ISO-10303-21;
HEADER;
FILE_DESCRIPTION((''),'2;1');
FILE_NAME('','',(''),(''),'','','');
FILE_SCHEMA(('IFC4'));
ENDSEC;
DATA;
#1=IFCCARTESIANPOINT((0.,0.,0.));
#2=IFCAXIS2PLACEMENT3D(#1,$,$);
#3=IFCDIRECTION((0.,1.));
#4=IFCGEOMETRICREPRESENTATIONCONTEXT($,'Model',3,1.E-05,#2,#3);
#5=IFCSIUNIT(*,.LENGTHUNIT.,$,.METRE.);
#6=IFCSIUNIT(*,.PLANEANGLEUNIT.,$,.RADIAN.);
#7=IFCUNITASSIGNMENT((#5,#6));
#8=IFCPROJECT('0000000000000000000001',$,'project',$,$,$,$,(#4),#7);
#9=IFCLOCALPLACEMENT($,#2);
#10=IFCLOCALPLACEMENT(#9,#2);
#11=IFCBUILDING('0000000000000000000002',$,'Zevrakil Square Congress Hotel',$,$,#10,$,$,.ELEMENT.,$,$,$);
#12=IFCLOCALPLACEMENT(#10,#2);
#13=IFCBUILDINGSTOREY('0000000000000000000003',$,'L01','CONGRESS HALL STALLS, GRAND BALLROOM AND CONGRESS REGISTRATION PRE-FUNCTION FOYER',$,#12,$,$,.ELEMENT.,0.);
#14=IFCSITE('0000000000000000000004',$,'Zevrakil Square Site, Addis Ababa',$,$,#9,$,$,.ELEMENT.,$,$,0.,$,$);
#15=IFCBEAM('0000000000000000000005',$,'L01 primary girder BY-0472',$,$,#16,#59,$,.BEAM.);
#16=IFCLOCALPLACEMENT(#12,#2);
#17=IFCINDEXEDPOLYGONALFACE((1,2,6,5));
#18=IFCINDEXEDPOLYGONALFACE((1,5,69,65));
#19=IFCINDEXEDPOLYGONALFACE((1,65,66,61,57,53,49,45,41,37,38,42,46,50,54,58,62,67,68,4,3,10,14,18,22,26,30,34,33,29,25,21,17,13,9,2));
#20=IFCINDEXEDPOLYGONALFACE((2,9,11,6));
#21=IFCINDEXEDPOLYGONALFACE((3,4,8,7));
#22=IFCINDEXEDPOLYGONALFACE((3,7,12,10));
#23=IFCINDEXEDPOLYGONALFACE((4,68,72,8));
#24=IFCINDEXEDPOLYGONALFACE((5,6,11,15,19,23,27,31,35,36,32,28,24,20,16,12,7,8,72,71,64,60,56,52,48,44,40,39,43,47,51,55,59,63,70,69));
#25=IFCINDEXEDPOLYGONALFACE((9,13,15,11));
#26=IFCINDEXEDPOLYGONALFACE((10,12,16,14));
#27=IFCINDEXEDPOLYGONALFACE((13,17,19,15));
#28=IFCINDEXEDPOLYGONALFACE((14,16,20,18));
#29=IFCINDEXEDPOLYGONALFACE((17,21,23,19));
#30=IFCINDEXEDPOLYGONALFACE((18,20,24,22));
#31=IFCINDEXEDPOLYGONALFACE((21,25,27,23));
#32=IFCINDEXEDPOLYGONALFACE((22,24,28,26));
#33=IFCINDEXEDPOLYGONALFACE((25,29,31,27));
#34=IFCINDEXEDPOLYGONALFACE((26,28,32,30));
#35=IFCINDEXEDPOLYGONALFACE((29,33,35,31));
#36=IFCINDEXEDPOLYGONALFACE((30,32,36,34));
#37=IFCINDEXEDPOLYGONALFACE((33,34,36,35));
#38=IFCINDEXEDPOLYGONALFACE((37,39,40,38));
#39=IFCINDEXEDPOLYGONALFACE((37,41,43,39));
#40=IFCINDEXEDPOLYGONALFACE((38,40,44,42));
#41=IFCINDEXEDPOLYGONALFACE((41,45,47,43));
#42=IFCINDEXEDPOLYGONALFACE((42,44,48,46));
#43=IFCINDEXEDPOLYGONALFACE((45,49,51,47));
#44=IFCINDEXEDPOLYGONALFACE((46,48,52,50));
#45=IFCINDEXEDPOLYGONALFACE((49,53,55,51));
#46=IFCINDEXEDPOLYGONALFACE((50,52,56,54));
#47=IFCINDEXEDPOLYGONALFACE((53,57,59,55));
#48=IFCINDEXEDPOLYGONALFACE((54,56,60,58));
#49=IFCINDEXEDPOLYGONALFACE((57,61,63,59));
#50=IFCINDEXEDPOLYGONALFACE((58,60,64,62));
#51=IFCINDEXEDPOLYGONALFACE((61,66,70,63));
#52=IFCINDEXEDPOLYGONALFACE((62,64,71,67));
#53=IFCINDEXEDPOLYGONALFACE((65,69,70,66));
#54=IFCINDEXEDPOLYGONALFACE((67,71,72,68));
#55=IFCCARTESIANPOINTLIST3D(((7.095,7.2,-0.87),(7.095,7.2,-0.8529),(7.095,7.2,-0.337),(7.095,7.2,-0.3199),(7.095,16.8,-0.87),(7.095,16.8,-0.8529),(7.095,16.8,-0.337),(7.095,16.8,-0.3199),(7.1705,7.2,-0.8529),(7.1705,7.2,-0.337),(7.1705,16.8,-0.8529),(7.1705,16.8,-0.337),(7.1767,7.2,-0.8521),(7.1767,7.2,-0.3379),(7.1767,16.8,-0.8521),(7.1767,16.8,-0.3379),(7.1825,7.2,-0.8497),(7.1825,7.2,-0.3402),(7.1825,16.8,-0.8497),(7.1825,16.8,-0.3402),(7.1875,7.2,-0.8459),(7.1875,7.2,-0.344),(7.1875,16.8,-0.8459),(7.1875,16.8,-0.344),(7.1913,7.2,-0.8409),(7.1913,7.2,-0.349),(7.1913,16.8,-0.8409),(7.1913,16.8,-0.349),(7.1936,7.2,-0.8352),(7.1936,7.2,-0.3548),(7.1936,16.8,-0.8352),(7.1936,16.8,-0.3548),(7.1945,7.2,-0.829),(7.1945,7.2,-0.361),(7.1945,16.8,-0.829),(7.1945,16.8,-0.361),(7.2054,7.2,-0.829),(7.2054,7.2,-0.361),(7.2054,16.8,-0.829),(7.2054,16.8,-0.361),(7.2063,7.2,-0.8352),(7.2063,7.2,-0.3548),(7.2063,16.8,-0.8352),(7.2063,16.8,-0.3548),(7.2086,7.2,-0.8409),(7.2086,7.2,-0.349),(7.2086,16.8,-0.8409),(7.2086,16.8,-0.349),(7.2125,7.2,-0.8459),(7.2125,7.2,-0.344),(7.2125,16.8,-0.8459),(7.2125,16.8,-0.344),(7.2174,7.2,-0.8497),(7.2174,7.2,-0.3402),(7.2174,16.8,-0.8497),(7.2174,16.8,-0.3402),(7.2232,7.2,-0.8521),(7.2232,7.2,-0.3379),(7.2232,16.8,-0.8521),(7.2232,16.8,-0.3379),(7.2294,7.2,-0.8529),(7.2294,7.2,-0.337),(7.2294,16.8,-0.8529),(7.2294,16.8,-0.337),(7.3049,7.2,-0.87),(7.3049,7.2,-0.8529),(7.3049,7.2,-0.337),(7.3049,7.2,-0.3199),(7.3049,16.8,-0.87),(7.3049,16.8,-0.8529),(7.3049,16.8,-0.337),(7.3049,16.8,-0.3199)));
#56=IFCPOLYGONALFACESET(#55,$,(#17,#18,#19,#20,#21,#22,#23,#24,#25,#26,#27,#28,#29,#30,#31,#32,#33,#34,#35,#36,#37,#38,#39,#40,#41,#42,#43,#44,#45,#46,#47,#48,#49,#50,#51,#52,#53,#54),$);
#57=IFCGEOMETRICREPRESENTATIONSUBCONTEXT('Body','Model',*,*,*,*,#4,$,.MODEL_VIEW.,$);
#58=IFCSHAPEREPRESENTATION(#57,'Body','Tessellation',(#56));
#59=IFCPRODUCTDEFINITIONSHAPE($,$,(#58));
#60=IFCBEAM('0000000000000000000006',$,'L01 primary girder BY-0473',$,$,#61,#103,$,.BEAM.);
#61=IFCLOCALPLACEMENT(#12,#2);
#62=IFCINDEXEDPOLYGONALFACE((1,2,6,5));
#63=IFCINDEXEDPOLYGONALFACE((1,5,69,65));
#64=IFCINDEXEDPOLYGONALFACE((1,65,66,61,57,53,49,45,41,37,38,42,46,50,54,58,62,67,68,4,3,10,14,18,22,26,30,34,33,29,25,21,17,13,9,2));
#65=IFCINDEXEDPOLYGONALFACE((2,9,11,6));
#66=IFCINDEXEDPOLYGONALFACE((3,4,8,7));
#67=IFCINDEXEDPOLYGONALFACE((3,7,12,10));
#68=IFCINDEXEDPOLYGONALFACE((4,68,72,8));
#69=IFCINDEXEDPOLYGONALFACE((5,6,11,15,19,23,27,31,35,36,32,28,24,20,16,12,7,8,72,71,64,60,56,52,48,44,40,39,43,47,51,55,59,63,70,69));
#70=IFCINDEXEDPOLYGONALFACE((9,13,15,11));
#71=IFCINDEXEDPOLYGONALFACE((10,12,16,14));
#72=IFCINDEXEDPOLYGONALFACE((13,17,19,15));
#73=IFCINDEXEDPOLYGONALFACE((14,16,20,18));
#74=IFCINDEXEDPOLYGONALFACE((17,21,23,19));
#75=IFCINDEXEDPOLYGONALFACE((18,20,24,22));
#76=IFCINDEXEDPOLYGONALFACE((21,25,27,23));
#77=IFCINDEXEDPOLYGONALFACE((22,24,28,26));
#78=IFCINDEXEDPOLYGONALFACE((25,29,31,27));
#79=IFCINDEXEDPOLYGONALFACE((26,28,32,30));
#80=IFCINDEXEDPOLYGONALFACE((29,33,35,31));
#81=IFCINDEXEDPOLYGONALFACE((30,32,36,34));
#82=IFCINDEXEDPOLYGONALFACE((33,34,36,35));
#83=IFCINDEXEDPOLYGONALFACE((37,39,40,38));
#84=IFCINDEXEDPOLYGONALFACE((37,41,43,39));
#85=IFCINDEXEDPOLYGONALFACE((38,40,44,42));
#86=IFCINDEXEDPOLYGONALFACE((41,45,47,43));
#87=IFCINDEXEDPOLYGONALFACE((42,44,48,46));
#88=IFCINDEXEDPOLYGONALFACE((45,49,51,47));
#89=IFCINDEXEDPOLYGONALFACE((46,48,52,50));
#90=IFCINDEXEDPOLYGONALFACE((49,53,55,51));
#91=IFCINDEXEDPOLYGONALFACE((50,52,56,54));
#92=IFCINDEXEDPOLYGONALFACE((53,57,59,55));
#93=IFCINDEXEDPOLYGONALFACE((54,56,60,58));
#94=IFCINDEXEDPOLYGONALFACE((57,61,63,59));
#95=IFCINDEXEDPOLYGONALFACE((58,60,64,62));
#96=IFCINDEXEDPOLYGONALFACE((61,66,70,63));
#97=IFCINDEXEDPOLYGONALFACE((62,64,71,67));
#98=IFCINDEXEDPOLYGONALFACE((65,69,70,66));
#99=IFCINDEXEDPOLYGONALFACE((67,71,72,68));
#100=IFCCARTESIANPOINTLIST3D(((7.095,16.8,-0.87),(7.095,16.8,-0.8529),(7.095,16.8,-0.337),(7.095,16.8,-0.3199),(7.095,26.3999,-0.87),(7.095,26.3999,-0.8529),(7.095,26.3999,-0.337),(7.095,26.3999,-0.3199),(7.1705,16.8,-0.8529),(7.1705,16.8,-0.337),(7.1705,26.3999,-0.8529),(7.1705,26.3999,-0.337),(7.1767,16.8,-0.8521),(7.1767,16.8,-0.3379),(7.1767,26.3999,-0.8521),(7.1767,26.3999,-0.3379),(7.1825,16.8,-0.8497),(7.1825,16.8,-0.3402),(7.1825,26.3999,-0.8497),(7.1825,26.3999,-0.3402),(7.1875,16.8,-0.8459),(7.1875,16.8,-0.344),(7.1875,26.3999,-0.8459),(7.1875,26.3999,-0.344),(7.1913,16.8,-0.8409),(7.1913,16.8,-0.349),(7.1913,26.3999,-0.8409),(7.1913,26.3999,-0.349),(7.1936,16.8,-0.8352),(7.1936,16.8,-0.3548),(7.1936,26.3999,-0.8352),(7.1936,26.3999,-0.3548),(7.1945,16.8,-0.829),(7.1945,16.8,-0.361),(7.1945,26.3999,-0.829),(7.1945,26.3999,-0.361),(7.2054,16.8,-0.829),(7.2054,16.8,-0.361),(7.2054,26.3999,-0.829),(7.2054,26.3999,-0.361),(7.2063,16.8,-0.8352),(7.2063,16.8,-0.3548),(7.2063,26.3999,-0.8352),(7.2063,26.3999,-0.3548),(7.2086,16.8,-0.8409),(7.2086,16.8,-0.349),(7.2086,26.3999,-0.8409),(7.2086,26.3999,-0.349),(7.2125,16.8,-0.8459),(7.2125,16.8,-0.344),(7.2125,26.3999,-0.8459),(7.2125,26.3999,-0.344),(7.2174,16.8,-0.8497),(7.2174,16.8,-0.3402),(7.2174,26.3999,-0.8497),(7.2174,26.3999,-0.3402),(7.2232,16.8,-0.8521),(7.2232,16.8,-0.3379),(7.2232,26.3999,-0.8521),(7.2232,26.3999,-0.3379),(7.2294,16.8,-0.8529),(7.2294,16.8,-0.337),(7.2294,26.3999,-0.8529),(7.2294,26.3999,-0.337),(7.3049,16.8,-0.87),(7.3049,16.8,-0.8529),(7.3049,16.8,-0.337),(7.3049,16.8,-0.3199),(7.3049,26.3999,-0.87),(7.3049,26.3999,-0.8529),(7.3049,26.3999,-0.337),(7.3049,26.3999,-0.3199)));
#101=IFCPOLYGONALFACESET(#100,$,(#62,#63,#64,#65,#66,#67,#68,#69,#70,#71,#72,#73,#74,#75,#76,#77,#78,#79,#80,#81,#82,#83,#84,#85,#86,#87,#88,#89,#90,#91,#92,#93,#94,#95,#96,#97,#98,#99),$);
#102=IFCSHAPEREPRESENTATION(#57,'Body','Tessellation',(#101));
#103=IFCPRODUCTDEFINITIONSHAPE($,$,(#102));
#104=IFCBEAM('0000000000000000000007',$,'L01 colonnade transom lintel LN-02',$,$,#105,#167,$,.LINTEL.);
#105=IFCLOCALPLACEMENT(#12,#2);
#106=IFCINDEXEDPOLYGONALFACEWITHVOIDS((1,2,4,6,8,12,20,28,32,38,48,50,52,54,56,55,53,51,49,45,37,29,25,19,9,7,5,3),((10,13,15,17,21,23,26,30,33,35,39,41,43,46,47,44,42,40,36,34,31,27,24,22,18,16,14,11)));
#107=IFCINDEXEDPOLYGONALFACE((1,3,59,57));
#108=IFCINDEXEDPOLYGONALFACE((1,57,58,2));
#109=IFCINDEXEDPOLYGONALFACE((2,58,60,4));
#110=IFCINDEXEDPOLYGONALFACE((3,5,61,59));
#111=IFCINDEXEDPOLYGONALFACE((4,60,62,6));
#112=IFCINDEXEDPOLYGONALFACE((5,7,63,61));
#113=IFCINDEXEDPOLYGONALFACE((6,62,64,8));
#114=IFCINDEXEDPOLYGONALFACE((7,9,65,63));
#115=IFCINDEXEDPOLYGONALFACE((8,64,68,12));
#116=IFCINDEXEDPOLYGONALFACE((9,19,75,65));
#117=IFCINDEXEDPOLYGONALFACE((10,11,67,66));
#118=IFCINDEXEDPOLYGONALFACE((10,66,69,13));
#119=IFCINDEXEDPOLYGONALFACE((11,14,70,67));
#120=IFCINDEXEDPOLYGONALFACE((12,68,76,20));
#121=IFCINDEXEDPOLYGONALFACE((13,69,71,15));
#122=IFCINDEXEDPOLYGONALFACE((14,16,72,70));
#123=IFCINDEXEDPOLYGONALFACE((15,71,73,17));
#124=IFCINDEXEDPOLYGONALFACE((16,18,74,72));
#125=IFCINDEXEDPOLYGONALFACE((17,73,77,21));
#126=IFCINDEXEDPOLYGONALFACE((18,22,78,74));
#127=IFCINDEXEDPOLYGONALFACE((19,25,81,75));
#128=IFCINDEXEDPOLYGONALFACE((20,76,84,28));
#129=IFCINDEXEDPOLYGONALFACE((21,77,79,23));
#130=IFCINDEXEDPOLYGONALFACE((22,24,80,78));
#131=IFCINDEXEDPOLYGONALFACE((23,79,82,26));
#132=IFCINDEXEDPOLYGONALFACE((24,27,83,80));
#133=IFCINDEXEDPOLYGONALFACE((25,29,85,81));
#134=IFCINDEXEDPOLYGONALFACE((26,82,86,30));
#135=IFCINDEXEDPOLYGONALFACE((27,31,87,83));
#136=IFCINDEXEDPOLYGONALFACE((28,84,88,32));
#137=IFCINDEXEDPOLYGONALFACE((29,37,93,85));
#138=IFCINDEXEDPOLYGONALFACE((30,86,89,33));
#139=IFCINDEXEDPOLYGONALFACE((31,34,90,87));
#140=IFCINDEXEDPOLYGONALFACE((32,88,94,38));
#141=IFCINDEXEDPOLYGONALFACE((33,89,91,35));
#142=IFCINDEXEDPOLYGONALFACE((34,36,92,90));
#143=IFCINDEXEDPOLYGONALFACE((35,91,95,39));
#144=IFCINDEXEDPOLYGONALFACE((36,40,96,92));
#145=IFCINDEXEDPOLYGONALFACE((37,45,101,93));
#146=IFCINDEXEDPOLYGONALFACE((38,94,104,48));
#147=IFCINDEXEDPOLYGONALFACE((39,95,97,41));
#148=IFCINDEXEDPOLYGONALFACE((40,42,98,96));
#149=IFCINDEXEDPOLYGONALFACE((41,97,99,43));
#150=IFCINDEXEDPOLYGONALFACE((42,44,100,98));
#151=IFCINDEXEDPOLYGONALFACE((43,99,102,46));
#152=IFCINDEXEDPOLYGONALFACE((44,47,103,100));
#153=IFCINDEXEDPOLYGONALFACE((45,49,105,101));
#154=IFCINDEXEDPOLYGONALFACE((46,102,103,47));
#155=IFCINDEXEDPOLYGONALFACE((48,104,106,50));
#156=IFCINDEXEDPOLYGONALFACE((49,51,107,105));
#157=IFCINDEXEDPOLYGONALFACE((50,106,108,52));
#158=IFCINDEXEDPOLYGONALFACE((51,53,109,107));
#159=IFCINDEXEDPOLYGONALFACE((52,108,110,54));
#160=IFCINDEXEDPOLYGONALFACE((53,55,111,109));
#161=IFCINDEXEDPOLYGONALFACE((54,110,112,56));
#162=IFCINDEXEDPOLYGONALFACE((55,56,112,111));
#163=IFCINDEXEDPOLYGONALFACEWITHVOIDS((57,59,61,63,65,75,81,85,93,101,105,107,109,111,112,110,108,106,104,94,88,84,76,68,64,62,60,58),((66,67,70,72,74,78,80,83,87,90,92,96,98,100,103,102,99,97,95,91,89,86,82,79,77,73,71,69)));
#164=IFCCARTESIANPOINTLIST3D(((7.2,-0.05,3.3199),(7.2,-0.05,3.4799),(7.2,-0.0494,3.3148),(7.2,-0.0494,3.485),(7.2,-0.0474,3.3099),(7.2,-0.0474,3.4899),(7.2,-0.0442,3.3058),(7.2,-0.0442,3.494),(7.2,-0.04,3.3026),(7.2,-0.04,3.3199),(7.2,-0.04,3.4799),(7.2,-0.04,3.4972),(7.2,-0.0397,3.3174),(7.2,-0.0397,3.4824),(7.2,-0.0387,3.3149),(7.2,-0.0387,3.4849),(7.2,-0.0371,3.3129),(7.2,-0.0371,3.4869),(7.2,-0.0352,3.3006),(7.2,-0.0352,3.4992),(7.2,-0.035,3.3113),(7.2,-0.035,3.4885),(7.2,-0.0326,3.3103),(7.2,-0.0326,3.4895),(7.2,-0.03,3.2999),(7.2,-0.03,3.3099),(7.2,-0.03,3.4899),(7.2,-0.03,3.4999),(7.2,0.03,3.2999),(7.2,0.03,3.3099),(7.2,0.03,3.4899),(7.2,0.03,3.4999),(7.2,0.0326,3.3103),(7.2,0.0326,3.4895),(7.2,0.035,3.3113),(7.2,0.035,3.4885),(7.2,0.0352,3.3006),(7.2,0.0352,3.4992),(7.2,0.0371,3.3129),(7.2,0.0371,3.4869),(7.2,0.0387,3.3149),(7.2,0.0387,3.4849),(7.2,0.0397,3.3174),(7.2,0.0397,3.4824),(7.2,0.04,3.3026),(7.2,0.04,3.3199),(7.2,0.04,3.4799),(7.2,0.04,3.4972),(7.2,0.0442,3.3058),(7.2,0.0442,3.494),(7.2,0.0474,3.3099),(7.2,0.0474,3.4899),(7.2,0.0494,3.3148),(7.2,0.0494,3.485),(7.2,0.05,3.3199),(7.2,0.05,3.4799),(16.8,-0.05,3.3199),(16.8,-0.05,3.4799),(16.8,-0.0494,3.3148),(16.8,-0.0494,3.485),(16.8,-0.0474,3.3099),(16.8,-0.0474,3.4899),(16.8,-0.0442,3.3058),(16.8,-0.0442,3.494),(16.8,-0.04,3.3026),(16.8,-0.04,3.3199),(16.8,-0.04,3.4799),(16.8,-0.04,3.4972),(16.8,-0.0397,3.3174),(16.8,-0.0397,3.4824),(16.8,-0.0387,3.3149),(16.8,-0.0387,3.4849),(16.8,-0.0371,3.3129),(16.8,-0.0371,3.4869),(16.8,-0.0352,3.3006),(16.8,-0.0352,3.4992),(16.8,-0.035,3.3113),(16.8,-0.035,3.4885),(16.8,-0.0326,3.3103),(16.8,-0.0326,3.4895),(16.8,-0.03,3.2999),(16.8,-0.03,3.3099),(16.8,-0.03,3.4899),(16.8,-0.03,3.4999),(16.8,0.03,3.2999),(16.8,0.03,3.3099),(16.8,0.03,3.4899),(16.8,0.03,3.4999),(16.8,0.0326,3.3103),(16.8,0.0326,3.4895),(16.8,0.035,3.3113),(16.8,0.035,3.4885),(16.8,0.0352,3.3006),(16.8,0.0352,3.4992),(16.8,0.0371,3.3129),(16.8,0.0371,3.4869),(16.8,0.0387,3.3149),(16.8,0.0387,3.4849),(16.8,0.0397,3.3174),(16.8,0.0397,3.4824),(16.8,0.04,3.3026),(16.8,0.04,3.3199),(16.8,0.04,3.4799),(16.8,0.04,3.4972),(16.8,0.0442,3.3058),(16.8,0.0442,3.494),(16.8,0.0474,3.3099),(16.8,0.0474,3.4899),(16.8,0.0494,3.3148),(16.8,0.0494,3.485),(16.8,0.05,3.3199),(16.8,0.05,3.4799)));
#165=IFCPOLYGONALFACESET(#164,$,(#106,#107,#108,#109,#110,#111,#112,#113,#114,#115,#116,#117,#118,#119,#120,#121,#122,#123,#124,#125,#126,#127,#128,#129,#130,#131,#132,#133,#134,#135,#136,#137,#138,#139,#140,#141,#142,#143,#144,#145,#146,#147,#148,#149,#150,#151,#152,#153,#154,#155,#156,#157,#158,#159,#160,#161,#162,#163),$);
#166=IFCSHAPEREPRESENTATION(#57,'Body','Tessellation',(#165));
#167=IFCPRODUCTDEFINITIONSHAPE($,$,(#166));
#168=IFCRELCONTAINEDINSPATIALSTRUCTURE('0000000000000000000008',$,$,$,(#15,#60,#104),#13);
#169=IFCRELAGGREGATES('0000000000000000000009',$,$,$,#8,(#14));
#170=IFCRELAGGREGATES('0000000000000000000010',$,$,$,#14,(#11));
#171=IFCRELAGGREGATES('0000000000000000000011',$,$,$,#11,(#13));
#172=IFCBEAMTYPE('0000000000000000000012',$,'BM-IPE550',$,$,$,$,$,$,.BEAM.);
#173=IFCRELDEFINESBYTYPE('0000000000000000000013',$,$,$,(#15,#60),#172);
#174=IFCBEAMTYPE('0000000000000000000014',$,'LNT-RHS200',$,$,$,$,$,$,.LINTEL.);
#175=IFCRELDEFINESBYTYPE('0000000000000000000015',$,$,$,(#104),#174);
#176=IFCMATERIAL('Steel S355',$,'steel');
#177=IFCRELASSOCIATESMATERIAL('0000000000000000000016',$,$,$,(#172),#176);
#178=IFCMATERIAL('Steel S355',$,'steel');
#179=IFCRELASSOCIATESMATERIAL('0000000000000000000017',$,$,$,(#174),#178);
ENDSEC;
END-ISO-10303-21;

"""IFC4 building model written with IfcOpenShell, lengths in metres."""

from ifc_helpers import new_model, si_unit, direction, frame, origin, origin_2d, place, context, subcontext, project, spatial, hollow_rectangle, i_section, extrude, material, material_profile, profile_set, type_object, element, save


model = new_model("IFC4")

# Units and contexts
model_context = context("Model", 3, precision=1e-05, world=origin(), true_north=direction((0.0, 1.0)))
body_context = subcontext(model_context, "Body", "Model", "MODEL_VIEW")
ifc_project = project(units=[si_unit("LENGTHUNIT", "METRE"), si_unit("PLANEANGLEUNIT", "RADIAN")], contexts=[model_context])

# Site, building, storey
site_placement = place(None, origin())
site = spatial("IfcSite", under=ifc_project, at=site_placement, Name="Zevrakil Square Site, Addis Ababa", CompositionType="ELEMENT", RefElevation=0.0)
building_placement = place(site_placement, origin())
building = spatial("IfcBuilding", under=site, at=building_placement, Name="Zevrakil Square Congress Hotel", CompositionType="ELEMENT")
storey_placement = place(building_placement, origin())
storey = spatial("IfcBuildingStorey", under=building, at=storey_placement, Name="L01", Description="CONGRESS HALL STALLS, GRAND BALLROOM AND CONGRESS REGISTRATION PRE-FUNCTION FOYER", CompositionType="ELEMENT", Elevation=0.0)

# Beams
ifc_material_1 = material(Name="Steel S355", Category="steel")
ifc_material_profile_1 = material_profile(ifc_material_1, i_section(OverallWidth=0.21, OverallDepth=0.55, WebThickness=0.011, FlangeThickness=0.0171, FilletRadius=0.0239, at=origin_2d()), Name="IPE 550")
ifc_profile_set_1 = profile_set([ifc_material_profile_1], Name="Steel S355")
beam_type_1 = type_object("IfcBeamType", Name="BM-IPE550", PredefinedType="BEAM", material=ifc_profile_set_1)
beam_1_placement = place(storey_placement, frame((7.2, 7.2, -0.595), z_axis=(0.0, 1.0, 0.0), x_axis=(-1.0, 0.0, 0.0)))
element("IfcBeam", 1, at=beam_1_placement, inside=storey, type_object=beam_type_1, Name="L01 primary girder BY-0472", PredefinedType="BEAM", context=body_context, shape_type="SweptSolid", body=[
    extrude(i_section(OverallWidth=0.21, OverallDepth=0.55, WebThickness=0.011, FlangeThickness=0.0171, FilletRadius=0.0239, at=origin_2d()), origin(), (0.0, 0.0, 1.0), 9.6001),
])
beam_2_placement = place(storey_placement, frame((7.2, 16.8, -0.595), z_axis=(0.0, 1.0, 0.0), x_axis=(-1.0, 0.0, 0.0)))
element("IfcBeam", 2, at=beam_2_placement, inside=storey, type_object=beam_type_1, Name="L01 primary girder BY-0473", PredefinedType="BEAM", context=body_context, shape_type="SweptSolid", body=[
    extrude(i_section(OverallWidth=0.21, OverallDepth=0.55, WebThickness=0.011, FlangeThickness=0.0171, FilletRadius=0.0239, at=origin_2d()), origin(), (0.0, 0.0, 1.0), 9.5999),
])
ifc_material_2 = material(Name="Steel S355", Category="steel")
ifc_material_profile_2 = material_profile(ifc_material_2, hollow_rectangle(XDim=0.1001, YDim=0.2, WallThickness=0.01, InnerFilletRadius=0.01, OuterFilletRadius=0.02, at=origin_2d()), Name="RHS 200x100x10")
ifc_profile_set_2 = profile_set([ifc_material_profile_2], Name="Steel S355")
beam_type_2 = type_object("IfcBeamType", Name="LNT-RHS200", PredefinedType="LINTEL", material=ifc_profile_set_2)
beam_3_placement = place(storey_placement, frame((7.2, 0.0, 3.3999), z_axis=(1.0, 0.0, 0.0), x_axis=(0.0, 1.0, 0.0)))
element("IfcBeam", 3, at=beam_3_placement, inside=storey, type_object=beam_type_2, Name="L01 colonnade transom lintel LN-02", PredefinedType="LINTEL", context=body_context, shape_type="SweptSolid", body=[
    extrude(hollow_rectangle(XDim=0.1001, YDim=0.2, WallThickness=0.01, InnerFilletRadius=0.01, OuterFilletRadius=0.02, at=origin_2d()), origin(), (0.0, 0.0, 1.0), 9.6001),
])

save(model, "model.ifc")
